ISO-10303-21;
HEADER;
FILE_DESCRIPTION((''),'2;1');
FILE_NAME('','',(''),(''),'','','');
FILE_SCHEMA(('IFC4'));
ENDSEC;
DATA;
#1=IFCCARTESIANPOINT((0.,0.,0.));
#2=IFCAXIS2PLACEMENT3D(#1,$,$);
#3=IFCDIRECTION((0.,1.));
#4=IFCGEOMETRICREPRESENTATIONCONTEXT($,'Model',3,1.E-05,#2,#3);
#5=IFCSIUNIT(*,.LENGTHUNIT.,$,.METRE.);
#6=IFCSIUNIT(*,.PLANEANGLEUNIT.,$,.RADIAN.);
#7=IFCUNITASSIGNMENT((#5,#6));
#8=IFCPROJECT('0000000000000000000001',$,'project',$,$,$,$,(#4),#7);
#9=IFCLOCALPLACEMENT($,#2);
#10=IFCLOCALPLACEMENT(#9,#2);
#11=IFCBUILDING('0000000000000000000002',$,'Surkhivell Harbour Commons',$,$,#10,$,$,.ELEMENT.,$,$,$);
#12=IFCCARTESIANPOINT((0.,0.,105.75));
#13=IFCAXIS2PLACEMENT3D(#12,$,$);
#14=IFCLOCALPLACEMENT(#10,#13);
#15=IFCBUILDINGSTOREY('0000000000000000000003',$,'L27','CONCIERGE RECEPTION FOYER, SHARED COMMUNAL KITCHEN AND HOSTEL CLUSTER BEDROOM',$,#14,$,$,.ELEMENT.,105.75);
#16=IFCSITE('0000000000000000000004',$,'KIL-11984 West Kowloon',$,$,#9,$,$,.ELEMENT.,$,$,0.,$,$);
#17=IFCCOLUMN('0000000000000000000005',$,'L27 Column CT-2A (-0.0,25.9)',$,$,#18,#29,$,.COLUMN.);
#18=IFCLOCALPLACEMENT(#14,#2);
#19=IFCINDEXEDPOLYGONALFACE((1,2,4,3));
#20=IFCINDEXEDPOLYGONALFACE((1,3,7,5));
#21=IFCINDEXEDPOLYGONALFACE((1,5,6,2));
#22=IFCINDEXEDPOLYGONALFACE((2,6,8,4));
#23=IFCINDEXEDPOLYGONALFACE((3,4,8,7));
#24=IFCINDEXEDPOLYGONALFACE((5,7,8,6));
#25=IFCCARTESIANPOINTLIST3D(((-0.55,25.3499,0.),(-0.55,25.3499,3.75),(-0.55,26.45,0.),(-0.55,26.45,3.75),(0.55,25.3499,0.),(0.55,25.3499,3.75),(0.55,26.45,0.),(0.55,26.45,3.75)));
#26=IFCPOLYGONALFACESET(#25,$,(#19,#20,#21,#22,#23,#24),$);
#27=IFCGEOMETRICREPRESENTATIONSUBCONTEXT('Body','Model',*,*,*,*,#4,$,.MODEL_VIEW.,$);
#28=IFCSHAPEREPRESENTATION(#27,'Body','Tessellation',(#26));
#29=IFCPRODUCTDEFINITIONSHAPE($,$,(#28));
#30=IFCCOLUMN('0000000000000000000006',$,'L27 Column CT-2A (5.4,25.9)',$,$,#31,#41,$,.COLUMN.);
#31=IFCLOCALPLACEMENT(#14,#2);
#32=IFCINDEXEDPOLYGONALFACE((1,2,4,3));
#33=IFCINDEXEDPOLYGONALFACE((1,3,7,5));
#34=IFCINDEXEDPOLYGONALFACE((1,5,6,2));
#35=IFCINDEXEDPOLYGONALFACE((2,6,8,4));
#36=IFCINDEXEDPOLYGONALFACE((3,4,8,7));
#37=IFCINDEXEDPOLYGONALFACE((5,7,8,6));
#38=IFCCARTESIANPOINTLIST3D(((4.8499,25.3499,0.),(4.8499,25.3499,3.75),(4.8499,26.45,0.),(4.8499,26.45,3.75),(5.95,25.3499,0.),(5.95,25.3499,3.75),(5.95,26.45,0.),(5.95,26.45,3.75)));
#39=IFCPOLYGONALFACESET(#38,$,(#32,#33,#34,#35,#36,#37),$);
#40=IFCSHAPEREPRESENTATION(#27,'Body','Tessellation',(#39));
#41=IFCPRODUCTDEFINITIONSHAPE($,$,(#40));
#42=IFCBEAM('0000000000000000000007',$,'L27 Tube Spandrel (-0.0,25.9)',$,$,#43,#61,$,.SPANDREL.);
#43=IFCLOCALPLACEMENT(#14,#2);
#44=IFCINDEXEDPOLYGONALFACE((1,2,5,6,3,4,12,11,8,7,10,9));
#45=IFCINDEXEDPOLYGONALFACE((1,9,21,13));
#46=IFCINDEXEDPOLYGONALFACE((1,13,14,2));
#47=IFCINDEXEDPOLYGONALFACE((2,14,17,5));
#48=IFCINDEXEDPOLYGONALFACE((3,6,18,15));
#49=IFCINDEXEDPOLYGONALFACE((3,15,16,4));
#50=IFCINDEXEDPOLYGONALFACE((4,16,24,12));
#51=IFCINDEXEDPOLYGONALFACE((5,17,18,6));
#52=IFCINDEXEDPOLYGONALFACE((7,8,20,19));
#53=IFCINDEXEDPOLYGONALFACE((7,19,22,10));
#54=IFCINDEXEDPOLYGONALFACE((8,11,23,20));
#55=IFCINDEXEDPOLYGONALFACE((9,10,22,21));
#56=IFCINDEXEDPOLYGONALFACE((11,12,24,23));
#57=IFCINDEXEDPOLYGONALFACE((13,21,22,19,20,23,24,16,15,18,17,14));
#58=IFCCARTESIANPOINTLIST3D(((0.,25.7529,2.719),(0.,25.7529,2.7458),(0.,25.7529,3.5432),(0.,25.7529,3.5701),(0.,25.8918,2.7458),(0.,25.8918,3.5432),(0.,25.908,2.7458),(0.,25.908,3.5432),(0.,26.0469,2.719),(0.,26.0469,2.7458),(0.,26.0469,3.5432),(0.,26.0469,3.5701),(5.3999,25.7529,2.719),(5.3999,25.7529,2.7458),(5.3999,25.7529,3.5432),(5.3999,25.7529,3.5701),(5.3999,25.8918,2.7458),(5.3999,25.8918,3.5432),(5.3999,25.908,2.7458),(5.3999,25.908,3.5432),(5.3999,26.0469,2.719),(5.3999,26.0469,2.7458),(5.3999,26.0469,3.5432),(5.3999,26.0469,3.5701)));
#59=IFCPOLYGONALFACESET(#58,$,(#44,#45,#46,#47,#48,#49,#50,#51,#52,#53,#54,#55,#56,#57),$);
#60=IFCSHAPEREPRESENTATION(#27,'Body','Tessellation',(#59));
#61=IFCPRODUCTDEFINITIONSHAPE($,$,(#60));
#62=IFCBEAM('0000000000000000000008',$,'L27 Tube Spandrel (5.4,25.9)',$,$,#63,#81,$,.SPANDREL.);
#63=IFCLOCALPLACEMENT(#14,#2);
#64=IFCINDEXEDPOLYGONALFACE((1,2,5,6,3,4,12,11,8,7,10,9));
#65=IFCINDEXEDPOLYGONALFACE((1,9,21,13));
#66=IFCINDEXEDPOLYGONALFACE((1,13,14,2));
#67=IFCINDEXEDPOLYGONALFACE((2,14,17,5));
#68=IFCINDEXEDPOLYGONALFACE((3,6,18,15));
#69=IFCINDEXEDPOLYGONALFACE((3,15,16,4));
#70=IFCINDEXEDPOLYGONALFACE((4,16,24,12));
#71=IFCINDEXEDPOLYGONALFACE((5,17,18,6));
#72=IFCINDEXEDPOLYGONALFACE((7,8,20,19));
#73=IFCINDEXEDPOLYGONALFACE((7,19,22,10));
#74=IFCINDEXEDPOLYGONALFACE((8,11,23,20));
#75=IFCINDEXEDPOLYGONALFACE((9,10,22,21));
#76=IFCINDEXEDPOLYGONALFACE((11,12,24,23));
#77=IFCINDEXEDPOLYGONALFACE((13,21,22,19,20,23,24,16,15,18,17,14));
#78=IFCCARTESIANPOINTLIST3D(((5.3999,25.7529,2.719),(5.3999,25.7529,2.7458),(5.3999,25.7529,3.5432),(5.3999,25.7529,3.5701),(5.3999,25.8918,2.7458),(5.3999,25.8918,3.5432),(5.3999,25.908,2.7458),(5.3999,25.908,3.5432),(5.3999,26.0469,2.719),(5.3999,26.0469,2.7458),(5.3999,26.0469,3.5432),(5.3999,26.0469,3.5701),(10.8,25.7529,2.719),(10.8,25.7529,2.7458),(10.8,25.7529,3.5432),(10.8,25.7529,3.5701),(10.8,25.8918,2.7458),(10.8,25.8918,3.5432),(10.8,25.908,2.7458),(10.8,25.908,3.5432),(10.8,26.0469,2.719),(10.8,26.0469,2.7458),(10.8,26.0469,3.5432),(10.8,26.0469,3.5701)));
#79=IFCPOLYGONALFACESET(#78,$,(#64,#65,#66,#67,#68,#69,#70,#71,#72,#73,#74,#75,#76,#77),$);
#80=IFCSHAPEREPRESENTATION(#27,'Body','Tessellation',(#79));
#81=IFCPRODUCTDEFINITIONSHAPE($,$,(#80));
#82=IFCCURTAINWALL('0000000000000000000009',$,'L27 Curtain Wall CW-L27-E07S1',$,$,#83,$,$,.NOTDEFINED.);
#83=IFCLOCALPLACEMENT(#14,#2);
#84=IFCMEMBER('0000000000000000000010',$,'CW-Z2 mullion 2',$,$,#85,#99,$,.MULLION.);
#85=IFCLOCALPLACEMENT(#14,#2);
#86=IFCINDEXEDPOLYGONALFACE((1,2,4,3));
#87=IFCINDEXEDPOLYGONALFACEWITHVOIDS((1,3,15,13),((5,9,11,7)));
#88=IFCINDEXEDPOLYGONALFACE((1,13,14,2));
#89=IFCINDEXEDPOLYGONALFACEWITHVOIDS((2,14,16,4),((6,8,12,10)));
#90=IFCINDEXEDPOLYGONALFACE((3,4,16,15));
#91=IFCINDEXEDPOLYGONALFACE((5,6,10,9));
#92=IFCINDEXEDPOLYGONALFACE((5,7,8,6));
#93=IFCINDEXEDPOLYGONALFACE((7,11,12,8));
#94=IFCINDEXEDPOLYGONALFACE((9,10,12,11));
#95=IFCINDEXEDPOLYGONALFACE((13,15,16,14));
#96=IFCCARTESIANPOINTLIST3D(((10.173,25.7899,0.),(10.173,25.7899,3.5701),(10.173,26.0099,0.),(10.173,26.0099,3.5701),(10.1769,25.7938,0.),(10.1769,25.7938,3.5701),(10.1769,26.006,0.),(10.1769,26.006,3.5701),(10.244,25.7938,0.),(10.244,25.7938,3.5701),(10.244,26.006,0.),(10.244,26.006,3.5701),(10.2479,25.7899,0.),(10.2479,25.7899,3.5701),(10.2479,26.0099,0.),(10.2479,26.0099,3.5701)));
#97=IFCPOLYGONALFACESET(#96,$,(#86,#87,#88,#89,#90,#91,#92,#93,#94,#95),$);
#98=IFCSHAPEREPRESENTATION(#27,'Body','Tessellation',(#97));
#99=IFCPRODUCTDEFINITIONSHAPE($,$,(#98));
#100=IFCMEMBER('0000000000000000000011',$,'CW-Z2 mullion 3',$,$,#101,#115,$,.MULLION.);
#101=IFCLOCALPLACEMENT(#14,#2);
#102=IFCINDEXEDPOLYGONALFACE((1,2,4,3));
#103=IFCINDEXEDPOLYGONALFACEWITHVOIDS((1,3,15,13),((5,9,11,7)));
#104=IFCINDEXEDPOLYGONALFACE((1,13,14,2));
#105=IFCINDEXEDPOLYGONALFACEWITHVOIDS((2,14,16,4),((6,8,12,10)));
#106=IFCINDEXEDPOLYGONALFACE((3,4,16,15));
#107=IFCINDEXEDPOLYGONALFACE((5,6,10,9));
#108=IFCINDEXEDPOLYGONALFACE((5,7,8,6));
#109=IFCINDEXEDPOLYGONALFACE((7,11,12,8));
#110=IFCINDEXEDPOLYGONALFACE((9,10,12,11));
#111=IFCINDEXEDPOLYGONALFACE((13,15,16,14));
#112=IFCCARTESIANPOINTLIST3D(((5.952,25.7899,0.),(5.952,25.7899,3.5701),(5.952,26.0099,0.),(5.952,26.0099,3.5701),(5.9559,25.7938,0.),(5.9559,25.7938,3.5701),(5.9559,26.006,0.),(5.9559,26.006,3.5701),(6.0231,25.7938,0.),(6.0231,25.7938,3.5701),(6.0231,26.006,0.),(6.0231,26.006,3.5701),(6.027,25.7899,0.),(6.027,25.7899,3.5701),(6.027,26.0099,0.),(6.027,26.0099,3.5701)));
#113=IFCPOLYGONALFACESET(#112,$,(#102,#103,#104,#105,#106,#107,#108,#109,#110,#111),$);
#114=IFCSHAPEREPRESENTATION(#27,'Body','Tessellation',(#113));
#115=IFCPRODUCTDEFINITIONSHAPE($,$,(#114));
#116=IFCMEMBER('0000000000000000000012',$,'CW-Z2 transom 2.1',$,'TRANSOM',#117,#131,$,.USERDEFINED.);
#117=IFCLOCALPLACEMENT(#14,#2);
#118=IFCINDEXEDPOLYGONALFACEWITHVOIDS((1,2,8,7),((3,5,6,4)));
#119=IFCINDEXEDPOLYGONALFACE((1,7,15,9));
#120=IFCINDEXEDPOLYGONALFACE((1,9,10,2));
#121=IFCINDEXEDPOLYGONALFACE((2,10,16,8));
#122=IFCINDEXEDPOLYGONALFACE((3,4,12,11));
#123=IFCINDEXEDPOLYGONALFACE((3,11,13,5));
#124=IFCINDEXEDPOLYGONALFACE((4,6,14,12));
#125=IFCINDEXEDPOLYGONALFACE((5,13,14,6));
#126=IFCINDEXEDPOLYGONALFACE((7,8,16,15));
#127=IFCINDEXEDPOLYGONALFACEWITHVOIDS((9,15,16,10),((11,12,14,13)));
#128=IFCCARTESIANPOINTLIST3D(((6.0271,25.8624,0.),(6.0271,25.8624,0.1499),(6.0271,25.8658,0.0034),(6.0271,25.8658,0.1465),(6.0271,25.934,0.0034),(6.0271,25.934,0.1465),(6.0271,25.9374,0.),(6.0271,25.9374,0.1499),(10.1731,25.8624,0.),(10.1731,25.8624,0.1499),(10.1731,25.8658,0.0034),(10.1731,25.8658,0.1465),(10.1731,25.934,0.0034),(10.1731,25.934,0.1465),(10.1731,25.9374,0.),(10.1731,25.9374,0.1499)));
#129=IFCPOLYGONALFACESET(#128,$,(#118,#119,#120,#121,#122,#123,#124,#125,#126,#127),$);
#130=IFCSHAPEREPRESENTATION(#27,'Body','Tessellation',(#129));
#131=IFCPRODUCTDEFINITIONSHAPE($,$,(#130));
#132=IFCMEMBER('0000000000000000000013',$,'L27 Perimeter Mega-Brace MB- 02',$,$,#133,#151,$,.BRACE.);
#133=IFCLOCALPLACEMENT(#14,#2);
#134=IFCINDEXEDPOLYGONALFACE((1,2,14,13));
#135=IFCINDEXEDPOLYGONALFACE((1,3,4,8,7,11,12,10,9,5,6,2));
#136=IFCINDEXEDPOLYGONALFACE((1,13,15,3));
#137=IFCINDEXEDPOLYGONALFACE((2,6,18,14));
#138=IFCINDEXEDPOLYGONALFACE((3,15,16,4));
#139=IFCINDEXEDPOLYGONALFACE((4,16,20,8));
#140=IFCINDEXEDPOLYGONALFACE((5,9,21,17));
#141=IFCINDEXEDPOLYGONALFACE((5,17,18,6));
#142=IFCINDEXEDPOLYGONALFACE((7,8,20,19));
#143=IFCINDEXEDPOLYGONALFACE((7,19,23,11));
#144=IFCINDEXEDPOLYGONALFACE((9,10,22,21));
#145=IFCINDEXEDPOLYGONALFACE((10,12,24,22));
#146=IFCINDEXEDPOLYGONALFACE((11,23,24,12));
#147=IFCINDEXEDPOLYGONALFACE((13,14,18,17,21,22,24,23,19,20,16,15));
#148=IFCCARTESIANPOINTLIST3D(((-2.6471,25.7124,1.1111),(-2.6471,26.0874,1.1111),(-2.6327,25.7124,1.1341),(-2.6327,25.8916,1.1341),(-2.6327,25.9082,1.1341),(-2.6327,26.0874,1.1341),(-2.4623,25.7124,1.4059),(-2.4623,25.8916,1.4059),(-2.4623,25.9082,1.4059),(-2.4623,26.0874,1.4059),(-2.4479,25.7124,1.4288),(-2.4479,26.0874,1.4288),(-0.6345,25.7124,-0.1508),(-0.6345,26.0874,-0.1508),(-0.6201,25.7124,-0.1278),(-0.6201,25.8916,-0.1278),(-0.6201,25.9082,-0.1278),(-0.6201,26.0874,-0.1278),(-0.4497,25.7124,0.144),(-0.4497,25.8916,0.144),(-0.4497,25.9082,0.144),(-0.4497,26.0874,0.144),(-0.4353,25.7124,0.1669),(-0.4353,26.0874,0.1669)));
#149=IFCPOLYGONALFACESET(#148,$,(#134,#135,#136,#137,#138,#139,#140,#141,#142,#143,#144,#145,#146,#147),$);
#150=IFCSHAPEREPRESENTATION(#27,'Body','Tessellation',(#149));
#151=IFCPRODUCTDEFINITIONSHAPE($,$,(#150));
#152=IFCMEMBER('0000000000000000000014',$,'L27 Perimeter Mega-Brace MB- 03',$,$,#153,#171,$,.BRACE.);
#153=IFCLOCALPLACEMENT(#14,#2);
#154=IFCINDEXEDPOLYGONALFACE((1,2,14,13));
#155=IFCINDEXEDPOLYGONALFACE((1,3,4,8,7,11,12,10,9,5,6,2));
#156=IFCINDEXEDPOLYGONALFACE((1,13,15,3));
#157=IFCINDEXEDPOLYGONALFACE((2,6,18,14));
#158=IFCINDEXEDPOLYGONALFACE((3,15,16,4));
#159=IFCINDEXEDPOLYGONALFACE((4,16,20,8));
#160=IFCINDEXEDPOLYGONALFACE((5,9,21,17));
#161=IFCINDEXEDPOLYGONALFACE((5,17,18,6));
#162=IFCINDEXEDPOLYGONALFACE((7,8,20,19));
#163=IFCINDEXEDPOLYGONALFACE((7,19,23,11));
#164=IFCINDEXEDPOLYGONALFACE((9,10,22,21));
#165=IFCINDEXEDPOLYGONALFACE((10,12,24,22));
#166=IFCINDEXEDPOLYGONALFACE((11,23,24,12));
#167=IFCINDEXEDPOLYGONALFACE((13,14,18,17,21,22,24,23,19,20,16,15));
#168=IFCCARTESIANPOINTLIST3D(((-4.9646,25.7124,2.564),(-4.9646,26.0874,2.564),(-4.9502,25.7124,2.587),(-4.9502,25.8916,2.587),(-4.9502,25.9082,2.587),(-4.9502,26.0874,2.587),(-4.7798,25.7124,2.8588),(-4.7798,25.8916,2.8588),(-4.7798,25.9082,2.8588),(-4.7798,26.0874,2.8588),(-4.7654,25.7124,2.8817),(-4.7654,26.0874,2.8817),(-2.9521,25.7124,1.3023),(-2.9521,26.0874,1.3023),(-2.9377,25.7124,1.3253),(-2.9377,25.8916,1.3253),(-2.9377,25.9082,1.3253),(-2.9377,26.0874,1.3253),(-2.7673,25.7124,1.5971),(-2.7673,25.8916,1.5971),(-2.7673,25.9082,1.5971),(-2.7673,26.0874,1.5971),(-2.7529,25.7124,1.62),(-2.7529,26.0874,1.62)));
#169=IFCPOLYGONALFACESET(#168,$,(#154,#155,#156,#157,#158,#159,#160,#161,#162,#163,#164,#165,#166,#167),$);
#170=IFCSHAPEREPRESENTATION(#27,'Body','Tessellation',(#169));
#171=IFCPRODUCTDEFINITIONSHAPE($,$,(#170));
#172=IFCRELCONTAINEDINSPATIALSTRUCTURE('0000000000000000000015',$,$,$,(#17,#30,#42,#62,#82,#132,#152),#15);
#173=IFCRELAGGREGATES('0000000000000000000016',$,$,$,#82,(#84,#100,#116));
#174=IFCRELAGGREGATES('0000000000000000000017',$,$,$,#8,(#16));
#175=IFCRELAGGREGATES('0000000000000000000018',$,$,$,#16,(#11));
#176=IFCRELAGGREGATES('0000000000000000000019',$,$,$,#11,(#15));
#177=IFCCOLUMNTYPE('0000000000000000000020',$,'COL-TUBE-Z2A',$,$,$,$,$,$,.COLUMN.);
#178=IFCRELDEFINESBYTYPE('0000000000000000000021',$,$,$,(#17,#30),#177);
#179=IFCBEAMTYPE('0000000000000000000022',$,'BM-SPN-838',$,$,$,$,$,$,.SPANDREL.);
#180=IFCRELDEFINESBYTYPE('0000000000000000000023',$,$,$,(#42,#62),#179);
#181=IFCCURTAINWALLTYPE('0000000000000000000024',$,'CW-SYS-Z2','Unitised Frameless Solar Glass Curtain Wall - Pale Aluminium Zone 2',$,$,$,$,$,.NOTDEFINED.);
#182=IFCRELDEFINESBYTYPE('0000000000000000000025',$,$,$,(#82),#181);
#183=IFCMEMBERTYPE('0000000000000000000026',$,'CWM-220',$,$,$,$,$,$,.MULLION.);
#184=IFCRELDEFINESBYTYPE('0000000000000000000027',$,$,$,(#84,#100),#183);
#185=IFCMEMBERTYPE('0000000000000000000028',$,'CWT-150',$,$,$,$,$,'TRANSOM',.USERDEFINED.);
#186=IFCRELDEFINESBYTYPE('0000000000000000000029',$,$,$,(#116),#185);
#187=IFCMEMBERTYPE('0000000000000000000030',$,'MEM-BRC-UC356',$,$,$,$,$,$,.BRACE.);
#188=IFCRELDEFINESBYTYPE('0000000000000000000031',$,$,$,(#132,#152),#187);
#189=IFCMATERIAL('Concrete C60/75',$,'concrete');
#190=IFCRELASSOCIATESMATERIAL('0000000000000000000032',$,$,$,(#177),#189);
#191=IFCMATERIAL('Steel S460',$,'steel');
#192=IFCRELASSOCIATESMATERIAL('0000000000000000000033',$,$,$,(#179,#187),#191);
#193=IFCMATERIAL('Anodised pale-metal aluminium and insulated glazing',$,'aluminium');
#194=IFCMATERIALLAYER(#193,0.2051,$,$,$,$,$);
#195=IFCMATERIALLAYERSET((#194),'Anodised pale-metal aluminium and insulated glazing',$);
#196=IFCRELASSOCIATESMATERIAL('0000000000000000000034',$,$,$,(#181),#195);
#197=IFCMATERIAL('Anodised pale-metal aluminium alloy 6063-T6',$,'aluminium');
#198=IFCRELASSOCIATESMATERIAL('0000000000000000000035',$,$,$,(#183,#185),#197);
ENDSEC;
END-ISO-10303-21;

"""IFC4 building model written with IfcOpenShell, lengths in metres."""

from ifc_helpers import new_model, si_unit, direction, frame, origin, origin_2d, place, context, subcontext, project, spatial, rectangle, hollow_rectangle, i_section, extrude, material, layer, layer_set, material_profile, profile_set, type_object, element, aggregate, save


model = new_model("IFC4")

# Units and contexts
model_context = context("Model", 3, precision=1e-05, world=origin(), true_north=direction((0.0, 1.0)))
body_context = subcontext(model_context, "Body", "Model", "MODEL_VIEW")
ifc_project = project(units=[si_unit("LENGTHUNIT", "METRE"), si_unit("PLANEANGLEUNIT", "RADIAN")], contexts=[model_context])

# Site, building, storey
site_placement = place(None, origin())
site = spatial("IfcSite", under=ifc_project, at=site_placement, Name="KIL-11984 West Kowloon", CompositionType="ELEMENT", RefElevation=0.0)
building_placement = place(site_placement, origin())
building = spatial("IfcBuilding", under=site, at=building_placement, Name="Surkhivell Harbour Commons", CompositionType="ELEMENT")
storey_placement = place(building_placement, frame((0.0, 0.0, 105.75)))
storey = spatial("IfcBuildingStorey", under=building, at=storey_placement, Name="L27", Description="CONCIERGE RECEPTION FOYER, SHARED COMMUNAL KITCHEN AND HOSTEL CLUSTER BEDROOM", CompositionType="ELEMENT", Elevation=105.75)

# Columns
ifc_material_1 = material(Name="Concrete C60/75", Category="concrete")
ifc_material_profile_1 = material_profile(ifc_material_1, rectangle(XDim=1.1001, YDim=1.1001, at=origin_2d()), Name="RC-COL-1100x1100")
ifc_profile_set_1 = profile_set([ifc_material_profile_1], Name="Concrete C60/75")
column_type = type_object("IfcColumnType", Name="COL-TUBE-Z2A", PredefinedType="COLUMN", material=ifc_profile_set_1)
for number, where, z_axis, x_axis, name in (
    (1, (0.0, 25.8999, 0.0), (0.0, 0.0, 1.0), (1.0, 0.0, 0.0), "L27 Column CT-2A (-0.0,25.9)"),
    (2, (5.3999, 25.8999, 0.0), (0.0, 0.0, 1.0), (1.0, 0.0, 0.0), "L27 Column CT-2A (5.4,25.9)"),
):
    element("IfcColumn", number, at=place(storey_placement, frame(where, z_axis=z_axis, x_axis=x_axis)), inside=storey, type_object=column_type, Name=name, PredefinedType="COLUMN", context=body_context, shape_type="SweptSolid", body=[
        extrude(rectangle(XDim=1.1001, YDim=1.1001, at=origin_2d()), origin(), (0.0, 0.0, 1.0), 3.75),
    ])

# Beams
ifc_material_2 = material(Name="Steel S460", Category="steel")
ifc_material_profile_2 = material_profile(ifc_material_2, i_section(OverallWidth=0.2939, OverallDepth=0.8511, WebThickness=0.0161, FlangeThickness=0.0269, at=origin_2d()), Name="UB838x292x226")
ifc_profile_set_2 = profile_set([ifc_material_profile_2], Name="Steel S460")
beam_type = type_object("IfcBeamType", Name="BM-SPN-838", PredefinedType="SPANDREL", material=ifc_profile_set_2)
beam_1_placement = place(storey_placement, frame((0.0, 25.8999, 3.1445), z_axis=(1.0, 0.0, 0.0), x_axis=(0.0, 1.0, 0.0)))
element("IfcBeam", 3, at=beam_1_placement, inside=storey, type_object=beam_type, Name="L27 Tube Spandrel (-0.0,25.9)", PredefinedType="SPANDREL", context=body_context, shape_type="SweptSolid", body=[
    extrude(i_section(OverallWidth=0.2939, OverallDepth=0.8511, WebThickness=0.0161, FlangeThickness=0.0269, at=origin_2d()), origin(), (0.0, 0.0, 1.0), 5.3999),
])
beam_2_placement = place(storey_placement, frame((5.3999, 25.8999, 3.1445), z_axis=(1.0, 0.0, 0.0), x_axis=(0.0, 1.0, 0.0)))
element("IfcBeam", 4, at=beam_2_placement, inside=storey, type_object=beam_type, Name="L27 Tube Spandrel (5.4,25.9)", PredefinedType="SPANDREL", context=body_context, shape_type="SweptSolid", body=[
    extrude(i_section(OverallWidth=0.2939, OverallDepth=0.8511, WebThickness=0.0161, FlangeThickness=0.0269, at=origin_2d()), origin(), (0.0, 0.0, 1.0), 5.4001),
])

# Curtain wall, members
ifc_material_3 = material(Name="Anodised pale-metal aluminium and insulated glazing", Category="aluminium")
ifc_layer_1 = layer(ifc_material_3, 0.2051)
ifc_layer_set_1 = layer_set([ifc_layer_1], Name="Anodised pale-metal aluminium and insulated glazing")
curtain_wall_type = type_object("IfcCurtainWallType", Name="CW-SYS-Z2", Description="Unitised Frameless Solar Glass Curtain Wall - Pale Aluminium Zone 2", PredefinedType="NOTDEFINED", material=ifc_layer_set_1)
curtain_wall_placement = place(storey_placement, origin())
curtain_wall = element("IfcCurtainWall", 5, at=curtain_wall_placement, inside=storey, type_object=curtain_wall_type, Name="L27 Curtain Wall CW-L27-E07S1", PredefinedType="NOTDEFINED")
ifc_material_4 = material(Name="Anodised pale-metal aluminium alloy 6063-T6", Category="aluminium")
ifc_material_profile_3 = material_profile(ifc_material_4, hollow_rectangle(XDim=0.075, YDim=0.22, WallThickness=0.0039, at=origin_2d()), Name="ALU-MULL-75x220")
ifc_profile_set_3 = profile_set([ifc_material_profile_3], Name="Anodised pale-metal aluminium alloy 6063-T6")
member_type_1 = type_object("IfcMemberType", Name="CWM-220", PredefinedType="MULLION", material=ifc_profile_set_3)
member_1_placement = place(storey_placement, frame((10.2104, 25.8999, 0.0), z_axis=(0.0, 0.0, 1.0), x_axis=(-1.0, 0.0, 0.0)))
member_1 = element("IfcMember", 6, at=member_1_placement, type_object=member_type_1, Name="CW-Z2 mullion 2", PredefinedType="MULLION", context=body_context, shape_type="SweptSolid", body=[
    extrude(hollow_rectangle(XDim=0.075, YDim=0.22, WallThickness=0.0039, at=origin_2d()), origin(), (0.0, 0.0, 1.0), 3.5701),
])
member_2_placement = place(storey_placement, frame((5.9895, 25.8999, 0.0), z_axis=(0.0, 0.0, 1.0), x_axis=(-1.0, 0.0, 0.0)))
member_2 = element("IfcMember", 7, at=member_2_placement, type_object=member_type_1, Name="CW-Z2 mullion 3", PredefinedType="MULLION", context=body_context, shape_type="SweptSolid", body=[
    extrude(hollow_rectangle(XDim=0.075, YDim=0.22, WallThickness=0.0039, at=origin_2d()), origin(), (0.0, 0.0, 1.0), 3.5701),
])
ifc_material_profile_4 = material_profile(ifc_material_4, hollow_rectangle(XDim=0.075, YDim=0.1499, WallThickness=0.0034, at=origin_2d()), Name="ALU-TRAN-75x150")
ifc_profile_set_4 = profile_set([ifc_material_profile_4], Name="Anodised pale-metal aluminium alloy 6063-T6")
member_type_2 = type_object("IfcMemberType", Name="CWT-150", ElementType="TRANSOM", PredefinedType="USERDEFINED", material=ifc_profile_set_4)
member_3_placement = place(storey_placement, frame((10.1731, 25.8999, 0.075), z_axis=(-1.0, 0.0, 0.0), x_axis=(0.0, -1.0, 0.0)))
member_3 = element("IfcMember", 8, at=member_3_placement, type_object=member_type_2, Name="CW-Z2 transom 2.1", ObjectType="TRANSOM", PredefinedType="USERDEFINED", context=body_context, shape_type="SweptSolid", body=[
    extrude(hollow_rectangle(XDim=0.075, YDim=0.1499, WallThickness=0.0034, at=origin_2d()), origin(), (0.0, 0.0, 1.0), 4.146),
])

# Members
ifc_material_profile_5 = material_profile(ifc_material_2, i_section(OverallWidth=0.375, OverallDepth=0.375, WebThickness=0.0166, FlangeThickness=0.0271, at=origin_2d()), Name="UC356x368x202")
ifc_profile_set_5 = profile_set([ifc_material_profile_5], Name="Steel S460")
member_type_3 = type_object("IfcMemberType", Name="MEM-BRC-UC356", PredefinedType="BRACE", material=ifc_profile_set_5)
member_4_placement = place(storey_placement, frame((-0.5349, 25.8999, 0.0081), z_axis=(-0.847235, 0.0, 0.531218), x_axis=(0.0, -1.0, 0.0)))
element("IfcMember", 9, at=member_4_placement, inside=storey, type_object=member_type_3, Name="L27 Perimeter Mega-Brace MB- 02", PredefinedType="BRACE", context=body_context, shape_type="SweptSolid", body=[
    extrude(i_section(OverallWidth=0.375, OverallDepth=0.375, WebThickness=0.0166, FlangeThickness=0.0271, at=origin_2d()), origin(), (0.0, 0.0, 1.0), 2.3755),
])
member_5_placement = place(storey_placement, frame((-2.8525, 25.8999, 1.4612), z_axis=(-0.847253, 0.0, 0.53119), x_axis=(0.0, -1.0, 0.0)))
element("IfcMember", 10, at=member_5_placement, inside=storey, type_object=member_type_3, Name="L27 Perimeter Mega-Brace MB- 03", PredefinedType="BRACE", context=body_context, shape_type="SweptSolid", body=[
    extrude(i_section(OverallWidth=0.375, OverallDepth=0.375, WebThickness=0.0166, FlangeThickness=0.0271, at=origin_2d()), origin(), (0.0, 0.0, 1.0), 2.3752),
])

aggregate(curtain_wall, [member_1, member_2, member_3])

save(model, "model.ifc")
